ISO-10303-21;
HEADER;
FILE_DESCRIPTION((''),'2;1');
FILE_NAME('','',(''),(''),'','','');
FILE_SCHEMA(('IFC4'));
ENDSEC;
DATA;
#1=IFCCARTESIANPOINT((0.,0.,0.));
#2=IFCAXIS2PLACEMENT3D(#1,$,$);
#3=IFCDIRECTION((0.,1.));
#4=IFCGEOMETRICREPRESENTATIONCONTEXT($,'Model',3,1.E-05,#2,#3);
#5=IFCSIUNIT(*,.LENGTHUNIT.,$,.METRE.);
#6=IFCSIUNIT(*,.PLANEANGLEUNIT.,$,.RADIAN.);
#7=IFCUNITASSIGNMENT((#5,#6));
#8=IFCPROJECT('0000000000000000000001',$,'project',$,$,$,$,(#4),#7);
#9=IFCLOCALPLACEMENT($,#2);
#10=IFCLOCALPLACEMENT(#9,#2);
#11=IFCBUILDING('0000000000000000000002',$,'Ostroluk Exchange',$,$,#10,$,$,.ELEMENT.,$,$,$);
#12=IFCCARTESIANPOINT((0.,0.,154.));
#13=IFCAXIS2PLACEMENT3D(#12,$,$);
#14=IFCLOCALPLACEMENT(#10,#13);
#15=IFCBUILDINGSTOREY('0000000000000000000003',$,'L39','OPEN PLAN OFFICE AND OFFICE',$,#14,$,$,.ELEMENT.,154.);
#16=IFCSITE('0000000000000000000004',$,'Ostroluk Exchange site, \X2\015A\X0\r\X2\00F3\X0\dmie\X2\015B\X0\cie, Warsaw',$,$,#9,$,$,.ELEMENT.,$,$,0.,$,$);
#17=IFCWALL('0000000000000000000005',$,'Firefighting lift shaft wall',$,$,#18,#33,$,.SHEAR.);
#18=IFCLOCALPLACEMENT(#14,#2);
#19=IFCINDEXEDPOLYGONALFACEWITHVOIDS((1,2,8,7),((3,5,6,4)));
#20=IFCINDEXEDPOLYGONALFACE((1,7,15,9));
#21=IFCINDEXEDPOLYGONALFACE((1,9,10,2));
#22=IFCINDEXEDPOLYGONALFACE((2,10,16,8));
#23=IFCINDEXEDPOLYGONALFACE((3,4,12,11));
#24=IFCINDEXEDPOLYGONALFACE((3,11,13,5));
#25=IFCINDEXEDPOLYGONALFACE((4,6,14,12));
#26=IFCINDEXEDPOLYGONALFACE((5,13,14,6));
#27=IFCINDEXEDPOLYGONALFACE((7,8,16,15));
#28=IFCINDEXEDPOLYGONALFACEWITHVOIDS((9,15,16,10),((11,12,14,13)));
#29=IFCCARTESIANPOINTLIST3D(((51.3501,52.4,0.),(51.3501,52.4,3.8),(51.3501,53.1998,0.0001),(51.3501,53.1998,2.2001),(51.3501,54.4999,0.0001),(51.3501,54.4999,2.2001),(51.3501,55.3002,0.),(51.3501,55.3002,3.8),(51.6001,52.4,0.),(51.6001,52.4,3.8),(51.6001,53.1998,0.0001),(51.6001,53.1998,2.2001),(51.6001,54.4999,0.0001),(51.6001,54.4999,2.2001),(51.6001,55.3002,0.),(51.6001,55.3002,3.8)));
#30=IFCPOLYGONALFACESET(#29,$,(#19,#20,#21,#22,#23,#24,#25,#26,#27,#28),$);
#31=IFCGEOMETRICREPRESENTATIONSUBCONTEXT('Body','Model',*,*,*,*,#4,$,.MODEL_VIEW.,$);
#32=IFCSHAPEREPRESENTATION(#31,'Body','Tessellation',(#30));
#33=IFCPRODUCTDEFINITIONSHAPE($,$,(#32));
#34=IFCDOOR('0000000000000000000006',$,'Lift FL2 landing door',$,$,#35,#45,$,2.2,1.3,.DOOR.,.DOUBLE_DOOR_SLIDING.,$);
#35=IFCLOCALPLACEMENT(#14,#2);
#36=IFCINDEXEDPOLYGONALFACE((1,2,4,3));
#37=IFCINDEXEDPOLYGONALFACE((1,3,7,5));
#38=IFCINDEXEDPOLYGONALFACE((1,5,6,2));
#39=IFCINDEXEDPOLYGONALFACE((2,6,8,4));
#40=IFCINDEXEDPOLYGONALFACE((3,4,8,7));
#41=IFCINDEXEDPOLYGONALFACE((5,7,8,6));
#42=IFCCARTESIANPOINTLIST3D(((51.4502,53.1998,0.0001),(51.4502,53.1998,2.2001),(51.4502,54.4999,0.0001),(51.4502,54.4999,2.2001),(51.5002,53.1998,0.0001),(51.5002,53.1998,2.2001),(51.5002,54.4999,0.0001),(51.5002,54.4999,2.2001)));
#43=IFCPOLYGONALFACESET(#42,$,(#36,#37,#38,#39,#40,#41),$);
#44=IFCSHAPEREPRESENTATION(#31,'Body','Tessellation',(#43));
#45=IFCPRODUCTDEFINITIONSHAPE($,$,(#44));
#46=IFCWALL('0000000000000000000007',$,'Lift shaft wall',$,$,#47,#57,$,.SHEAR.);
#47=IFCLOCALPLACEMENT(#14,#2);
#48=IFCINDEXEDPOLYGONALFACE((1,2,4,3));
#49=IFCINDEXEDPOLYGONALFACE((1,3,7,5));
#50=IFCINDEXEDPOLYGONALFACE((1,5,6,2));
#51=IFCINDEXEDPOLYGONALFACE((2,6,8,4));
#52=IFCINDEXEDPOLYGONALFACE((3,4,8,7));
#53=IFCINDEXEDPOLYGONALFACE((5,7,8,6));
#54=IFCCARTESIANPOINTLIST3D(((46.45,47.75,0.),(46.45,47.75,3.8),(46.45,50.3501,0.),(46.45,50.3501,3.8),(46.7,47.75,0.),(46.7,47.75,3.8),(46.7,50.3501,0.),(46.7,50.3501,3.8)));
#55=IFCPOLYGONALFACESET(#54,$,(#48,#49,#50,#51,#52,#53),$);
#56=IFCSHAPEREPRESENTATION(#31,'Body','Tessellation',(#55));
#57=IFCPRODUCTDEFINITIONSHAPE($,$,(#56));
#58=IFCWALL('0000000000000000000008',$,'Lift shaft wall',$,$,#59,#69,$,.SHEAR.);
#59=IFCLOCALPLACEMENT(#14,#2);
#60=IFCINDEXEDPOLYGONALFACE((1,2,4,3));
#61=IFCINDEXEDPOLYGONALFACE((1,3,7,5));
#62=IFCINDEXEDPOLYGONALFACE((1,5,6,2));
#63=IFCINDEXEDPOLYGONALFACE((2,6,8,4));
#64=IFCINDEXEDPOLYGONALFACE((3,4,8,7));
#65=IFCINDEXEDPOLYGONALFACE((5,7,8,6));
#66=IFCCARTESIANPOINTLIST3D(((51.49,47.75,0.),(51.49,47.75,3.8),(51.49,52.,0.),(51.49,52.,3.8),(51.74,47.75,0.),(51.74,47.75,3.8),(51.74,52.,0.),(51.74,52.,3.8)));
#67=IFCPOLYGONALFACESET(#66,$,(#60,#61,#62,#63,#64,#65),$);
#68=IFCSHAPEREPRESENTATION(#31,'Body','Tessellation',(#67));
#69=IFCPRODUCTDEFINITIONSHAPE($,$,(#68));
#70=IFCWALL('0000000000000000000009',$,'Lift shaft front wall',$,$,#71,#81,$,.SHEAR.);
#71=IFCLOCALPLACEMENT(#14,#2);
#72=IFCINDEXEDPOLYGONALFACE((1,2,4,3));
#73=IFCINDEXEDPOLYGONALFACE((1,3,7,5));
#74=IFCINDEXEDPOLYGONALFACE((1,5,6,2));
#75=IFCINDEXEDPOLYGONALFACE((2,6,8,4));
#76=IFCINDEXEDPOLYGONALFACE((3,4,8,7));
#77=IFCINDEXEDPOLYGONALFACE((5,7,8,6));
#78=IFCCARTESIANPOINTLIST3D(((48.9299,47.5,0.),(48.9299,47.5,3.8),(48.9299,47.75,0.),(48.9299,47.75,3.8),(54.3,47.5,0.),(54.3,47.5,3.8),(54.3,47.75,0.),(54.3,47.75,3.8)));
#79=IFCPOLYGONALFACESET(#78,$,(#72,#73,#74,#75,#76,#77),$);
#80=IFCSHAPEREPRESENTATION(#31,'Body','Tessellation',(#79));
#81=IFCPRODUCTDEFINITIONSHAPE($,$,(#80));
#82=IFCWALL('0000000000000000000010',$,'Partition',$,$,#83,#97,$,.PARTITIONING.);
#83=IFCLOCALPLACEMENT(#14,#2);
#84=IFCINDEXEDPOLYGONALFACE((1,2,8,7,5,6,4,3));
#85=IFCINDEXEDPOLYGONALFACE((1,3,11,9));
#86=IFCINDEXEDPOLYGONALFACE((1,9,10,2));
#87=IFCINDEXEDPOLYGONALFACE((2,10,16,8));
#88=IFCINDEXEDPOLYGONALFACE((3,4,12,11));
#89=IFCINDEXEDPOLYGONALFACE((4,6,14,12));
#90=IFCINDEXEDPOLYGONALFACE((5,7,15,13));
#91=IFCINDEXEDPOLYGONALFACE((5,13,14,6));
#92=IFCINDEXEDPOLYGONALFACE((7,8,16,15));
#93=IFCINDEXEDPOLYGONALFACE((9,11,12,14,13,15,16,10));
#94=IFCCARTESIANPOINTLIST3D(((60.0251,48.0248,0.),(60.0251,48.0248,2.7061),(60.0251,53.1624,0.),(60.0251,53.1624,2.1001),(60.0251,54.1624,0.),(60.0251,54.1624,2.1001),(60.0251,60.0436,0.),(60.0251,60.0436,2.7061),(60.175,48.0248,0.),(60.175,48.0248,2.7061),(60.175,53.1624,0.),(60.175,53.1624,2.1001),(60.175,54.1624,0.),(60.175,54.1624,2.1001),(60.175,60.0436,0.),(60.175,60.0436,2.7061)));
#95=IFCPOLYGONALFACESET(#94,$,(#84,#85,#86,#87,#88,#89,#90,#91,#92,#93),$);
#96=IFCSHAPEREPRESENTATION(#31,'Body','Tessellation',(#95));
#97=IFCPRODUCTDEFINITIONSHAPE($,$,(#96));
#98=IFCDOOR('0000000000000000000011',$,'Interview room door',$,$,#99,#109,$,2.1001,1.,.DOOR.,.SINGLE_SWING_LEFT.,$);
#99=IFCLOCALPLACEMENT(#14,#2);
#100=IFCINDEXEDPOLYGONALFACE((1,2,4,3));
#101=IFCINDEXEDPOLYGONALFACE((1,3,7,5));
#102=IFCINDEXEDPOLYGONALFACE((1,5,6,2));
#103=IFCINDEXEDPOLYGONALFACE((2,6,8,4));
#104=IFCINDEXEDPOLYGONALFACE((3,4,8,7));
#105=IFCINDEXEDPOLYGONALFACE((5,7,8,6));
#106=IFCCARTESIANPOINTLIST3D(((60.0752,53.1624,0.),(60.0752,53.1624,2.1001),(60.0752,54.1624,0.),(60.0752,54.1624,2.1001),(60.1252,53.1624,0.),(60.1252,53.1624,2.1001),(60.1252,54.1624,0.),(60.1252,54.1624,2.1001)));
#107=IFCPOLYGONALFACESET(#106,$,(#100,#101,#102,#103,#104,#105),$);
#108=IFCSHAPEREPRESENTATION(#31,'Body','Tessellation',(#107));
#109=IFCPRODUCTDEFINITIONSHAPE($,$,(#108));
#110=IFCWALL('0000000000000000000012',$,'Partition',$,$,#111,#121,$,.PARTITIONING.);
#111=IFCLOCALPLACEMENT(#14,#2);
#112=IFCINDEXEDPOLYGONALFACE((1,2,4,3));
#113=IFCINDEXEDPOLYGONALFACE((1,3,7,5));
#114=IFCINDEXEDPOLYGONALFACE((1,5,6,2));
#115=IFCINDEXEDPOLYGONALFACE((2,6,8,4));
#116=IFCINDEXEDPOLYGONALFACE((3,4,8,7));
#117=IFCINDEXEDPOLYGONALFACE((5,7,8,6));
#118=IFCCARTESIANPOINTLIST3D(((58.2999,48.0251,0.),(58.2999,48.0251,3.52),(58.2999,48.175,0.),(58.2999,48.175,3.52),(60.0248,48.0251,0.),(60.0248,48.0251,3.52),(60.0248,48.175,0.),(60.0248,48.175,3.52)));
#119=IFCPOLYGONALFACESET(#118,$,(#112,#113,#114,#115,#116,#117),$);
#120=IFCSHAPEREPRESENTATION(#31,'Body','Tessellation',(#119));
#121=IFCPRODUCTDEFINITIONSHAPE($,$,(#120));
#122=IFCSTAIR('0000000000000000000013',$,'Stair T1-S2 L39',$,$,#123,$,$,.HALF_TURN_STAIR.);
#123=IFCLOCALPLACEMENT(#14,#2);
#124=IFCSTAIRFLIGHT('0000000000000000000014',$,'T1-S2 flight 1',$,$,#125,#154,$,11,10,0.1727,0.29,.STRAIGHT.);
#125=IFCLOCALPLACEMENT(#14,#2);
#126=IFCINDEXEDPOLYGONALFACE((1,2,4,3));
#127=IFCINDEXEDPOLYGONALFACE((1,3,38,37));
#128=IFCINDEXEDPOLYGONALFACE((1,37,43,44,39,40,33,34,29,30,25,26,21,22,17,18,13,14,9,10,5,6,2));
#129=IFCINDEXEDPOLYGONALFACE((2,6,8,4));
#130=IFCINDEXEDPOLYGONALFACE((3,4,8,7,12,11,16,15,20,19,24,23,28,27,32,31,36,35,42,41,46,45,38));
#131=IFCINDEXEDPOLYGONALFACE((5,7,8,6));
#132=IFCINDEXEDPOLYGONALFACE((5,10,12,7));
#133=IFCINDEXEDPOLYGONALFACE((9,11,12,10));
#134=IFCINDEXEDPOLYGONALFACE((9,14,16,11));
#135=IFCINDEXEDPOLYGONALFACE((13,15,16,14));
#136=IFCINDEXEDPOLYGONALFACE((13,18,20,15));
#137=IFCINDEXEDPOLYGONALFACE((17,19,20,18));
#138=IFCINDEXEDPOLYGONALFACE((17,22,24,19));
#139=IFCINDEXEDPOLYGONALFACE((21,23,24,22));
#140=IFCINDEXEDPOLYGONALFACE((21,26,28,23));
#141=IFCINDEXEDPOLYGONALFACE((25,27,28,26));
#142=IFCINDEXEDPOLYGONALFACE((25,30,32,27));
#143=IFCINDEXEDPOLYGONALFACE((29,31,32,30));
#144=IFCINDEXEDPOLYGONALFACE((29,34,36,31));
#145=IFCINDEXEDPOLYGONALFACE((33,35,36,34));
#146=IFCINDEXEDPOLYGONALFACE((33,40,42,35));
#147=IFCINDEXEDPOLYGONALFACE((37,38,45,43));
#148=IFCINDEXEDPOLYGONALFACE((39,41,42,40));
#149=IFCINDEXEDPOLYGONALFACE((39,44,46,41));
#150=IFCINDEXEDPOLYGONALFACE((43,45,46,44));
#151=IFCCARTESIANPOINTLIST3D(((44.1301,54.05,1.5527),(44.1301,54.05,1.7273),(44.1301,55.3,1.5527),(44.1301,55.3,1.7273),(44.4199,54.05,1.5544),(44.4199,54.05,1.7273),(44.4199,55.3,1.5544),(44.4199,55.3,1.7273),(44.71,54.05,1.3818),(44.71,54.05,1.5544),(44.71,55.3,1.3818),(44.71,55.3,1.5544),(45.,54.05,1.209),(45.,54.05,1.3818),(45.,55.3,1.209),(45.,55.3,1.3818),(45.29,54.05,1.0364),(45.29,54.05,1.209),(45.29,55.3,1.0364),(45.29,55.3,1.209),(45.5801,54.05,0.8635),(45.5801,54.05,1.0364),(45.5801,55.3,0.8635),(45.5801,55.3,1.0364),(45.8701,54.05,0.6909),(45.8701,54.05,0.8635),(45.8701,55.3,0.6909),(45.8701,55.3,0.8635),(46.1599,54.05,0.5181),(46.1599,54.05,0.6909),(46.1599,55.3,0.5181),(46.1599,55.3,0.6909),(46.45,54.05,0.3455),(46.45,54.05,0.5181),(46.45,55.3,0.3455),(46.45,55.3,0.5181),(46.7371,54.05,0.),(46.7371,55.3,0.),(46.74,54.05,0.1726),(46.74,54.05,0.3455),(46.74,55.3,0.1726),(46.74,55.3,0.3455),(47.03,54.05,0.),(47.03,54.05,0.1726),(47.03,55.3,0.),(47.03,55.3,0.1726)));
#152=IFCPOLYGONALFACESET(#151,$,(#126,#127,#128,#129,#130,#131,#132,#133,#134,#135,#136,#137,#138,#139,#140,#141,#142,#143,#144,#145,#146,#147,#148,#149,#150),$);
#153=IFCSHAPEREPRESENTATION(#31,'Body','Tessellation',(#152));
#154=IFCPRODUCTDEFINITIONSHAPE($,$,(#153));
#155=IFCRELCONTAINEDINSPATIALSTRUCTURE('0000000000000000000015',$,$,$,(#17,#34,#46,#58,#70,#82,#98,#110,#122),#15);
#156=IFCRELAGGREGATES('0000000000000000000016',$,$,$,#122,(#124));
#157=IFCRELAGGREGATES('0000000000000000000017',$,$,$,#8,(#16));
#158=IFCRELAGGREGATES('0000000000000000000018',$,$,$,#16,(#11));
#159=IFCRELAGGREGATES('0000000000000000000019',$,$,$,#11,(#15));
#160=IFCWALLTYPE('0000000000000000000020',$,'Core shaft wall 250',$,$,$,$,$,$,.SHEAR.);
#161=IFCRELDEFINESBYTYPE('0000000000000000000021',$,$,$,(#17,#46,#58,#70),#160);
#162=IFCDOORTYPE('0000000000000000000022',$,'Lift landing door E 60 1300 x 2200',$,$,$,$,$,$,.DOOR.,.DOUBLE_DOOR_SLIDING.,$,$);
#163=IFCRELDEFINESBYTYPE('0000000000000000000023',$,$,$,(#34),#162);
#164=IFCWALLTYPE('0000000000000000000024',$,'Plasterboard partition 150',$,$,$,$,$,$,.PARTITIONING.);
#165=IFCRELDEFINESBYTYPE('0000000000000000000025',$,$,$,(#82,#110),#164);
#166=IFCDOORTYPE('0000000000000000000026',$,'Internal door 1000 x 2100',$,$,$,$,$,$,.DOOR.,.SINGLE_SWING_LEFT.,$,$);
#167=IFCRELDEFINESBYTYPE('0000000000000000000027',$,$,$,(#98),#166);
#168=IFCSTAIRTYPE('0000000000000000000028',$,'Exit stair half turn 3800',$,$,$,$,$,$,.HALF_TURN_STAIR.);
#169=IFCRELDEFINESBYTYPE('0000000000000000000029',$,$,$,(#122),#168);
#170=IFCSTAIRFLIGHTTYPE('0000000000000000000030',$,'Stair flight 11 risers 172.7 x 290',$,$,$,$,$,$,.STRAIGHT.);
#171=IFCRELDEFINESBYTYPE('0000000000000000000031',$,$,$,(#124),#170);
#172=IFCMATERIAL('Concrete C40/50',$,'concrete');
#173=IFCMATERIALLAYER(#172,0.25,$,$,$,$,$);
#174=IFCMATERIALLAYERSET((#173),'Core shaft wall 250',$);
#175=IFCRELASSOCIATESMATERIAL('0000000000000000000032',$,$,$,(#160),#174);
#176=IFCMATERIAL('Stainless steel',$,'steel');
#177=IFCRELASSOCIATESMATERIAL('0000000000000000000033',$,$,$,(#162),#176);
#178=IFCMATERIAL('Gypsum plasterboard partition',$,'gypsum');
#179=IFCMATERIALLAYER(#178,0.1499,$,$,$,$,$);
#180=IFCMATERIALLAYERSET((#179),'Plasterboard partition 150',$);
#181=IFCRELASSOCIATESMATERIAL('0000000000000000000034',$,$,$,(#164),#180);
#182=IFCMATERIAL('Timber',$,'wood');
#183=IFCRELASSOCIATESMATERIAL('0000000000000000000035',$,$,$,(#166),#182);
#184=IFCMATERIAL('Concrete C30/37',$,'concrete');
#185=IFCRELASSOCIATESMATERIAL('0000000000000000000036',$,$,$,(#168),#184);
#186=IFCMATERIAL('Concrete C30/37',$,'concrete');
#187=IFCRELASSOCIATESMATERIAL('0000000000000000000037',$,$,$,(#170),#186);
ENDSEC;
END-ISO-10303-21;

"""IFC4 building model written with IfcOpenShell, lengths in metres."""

from ifc_helpers import new_model, si_unit, direction, frame, frame_2d, origin, place, context, subcontext, project, spatial, polyline, rectangle, outline, extrude, material, layer, layer_set, type_object, element, fill, aggregate, save


model = new_model("IFC4")

# Units and contexts
model_context = context("Model", 3, precision=1e-05, world=origin(), true_north=direction((0.0, 1.0)))
body_context = subcontext(model_context, "Body", "Model", "MODEL_VIEW")
ifc_project = project(units=[si_unit("LENGTHUNIT", "METRE"), si_unit("PLANEANGLEUNIT", "RADIAN")], contexts=[model_context])

# Site, building, storey
site_placement = place(None, origin())
site = spatial("IfcSite", under=ifc_project, at=site_placement, Name="Ostroluk Exchange site, Śródmieście, Warsaw", CompositionType="ELEMENT", RefElevation=0.0)
building_placement = place(site_placement, origin())
building = spatial("IfcBuilding", under=site, at=building_placement, Name="Ostroluk Exchange", CompositionType="ELEMENT")
storey_placement = place(building_placement, frame((0.0, 0.0, 154.0)))
storey = spatial("IfcBuildingStorey", under=building, at=storey_placement, Name="L39", Description="OPEN PLAN OFFICE AND OFFICE", CompositionType="ELEMENT", Elevation=154.0)

# Wall, opening, door
ifc_material_1 = material(Name="Concrete C40/50", Category="concrete")
ifc_layer_1 = layer(ifc_material_1, 0.25)
ifc_layer_set_1 = layer_set([ifc_layer_1], Name="Core shaft wall 250")
wall_type_1 = type_object("IfcWallType", Name="Core shaft wall 250", PredefinedType="SHEAR", material=ifc_layer_set_1)
wall_1_placement = place(storey_placement, frame((51.4751, 52.3999, 0.0), z_axis=(0.0, 0.0, 1.0), x_axis=(0.0, 1.0, 0.0)))
wall_1 = element("IfcWall", 1, at=wall_1_placement, inside=storey, type_object=wall_type_1, Name="Firefighting lift shaft wall", PredefinedType="SHEAR", context=body_context, shape_type="SweptSolid", body=[
    extrude(rectangle(XDim=2.9001, YDim=0.25, at=frame_2d((1.4502, 0.0))), origin(), (0.0, 0.0, 1.0), 3.8),
])
opening_1_placement = place(wall_1_placement, frame((0.8, 0.0, 0.0)))
opening_1 = element("IfcOpeningElement", 2, at=opening_1_placement, cuts=wall_1, PredefinedType="OPENING", context=body_context, shape_type="SweptSolid", body=[
    extrude(rectangle(XDim=1.3, YDim=2.2, at=frame_2d((0.6499, 1.1001))), frame((0.0, 0.135, 0.0), z_axis=(0.0, -1.0, 0.0), x_axis=(1.0, 0.0, 0.0)), (0.0, 0.0, 1.0), 0.27),
])
ifc_material_2 = material(Name="Stainless steel", Category="steel")
door_type_1 = type_object("IfcDoorType", Name="Lift landing door E 60 1300 x 2200", OperationType="DOUBLE_DOOR_SLIDING", PredefinedType="DOOR", material=ifc_material_2)
door_1_placement = place(opening_1_placement, origin())
door_1 = element("IfcDoor", 3, at=door_1_placement, inside=storey, type_object=door_type_1, Name="Lift FL2 landing door", OperationType="DOUBLE_DOOR_SLIDING", OverallHeight=2.2, OverallWidth=1.3, PredefinedType="DOOR", context=body_context, shape_type="SweptSolid", body=[
    extrude(rectangle(XDim=1.3, YDim=2.2, at=frame_2d((0.6499, 1.1001))), frame((0.0, 0.0249, 0.0), z_axis=(0.0, -1.0, 0.0), x_axis=(1.0, 0.0, 0.0)), (0.0, 0.0, 1.0), 0.05),
])
fill(opening_1, door_1)

# Walls
wall_2_placement = place(storey_placement, frame((46.575, 47.75, 0.0), z_axis=(0.0, 0.0, 1.0), x_axis=(0.0, 1.0, 0.0)))
element("IfcWall", 4, at=wall_2_placement, inside=storey, type_object=wall_type_1, Name="Lift shaft wall", PredefinedType="SHEAR", context=body_context, shape_type="SweptSolid", body=[
    extrude(rectangle(XDim=2.6001, YDim=0.25, at=frame_2d((1.3, 0.0))), origin(), (0.0, 0.0, 1.0), 3.8),
])
wall_3_placement = place(storey_placement, frame((51.615, 47.75, 0.0), z_axis=(0.0, 0.0, 1.0), x_axis=(0.0, 1.0, 0.0)))
element("IfcWall", 5, at=wall_3_placement, inside=storey, type_object=wall_type_1, Name="Lift shaft wall", PredefinedType="SHEAR", context=body_context, shape_type="SweptSolid", body=[
    extrude(rectangle(XDim=4.25, YDim=0.25, at=frame_2d((2.125, 0.0))), origin(), (0.0, 0.0, 1.0), 3.8),
])
wall_4_placement = place(storey_placement, frame((48.9299, 47.625, 0.0), z_axis=(0.0, 0.0, 1.0), x_axis=(1.0, 0.0, 0.0)))
element("IfcWall", 6, at=wall_4_placement, inside=storey, type_object=wall_type_1, Name="Lift shaft front wall", PredefinedType="SHEAR", context=body_context, shape_type="SweptSolid", body=[
    extrude(rectangle(XDim=5.3701, YDim=0.25, at=frame_2d((2.6851, 0.0))), origin(), (0.0, 0.0, 1.0), 3.8),
])

# Wall, opening, door
ifc_material_3 = material(Name="Gypsum plasterboard partition", Category="gypsum")
ifc_layer_2 = layer(ifc_material_3, 0.1499)
ifc_layer_set_2 = layer_set([ifc_layer_2], Name="Plasterboard partition 150")
wall_type_2 = type_object("IfcWallType", Name="Plasterboard partition 150", PredefinedType="PARTITIONING", material=ifc_layer_set_2)
wall_5_placement = place(storey_placement, frame((60.1001, 48.0249, 0.0), z_axis=(0.0, 0.0, 1.0), x_axis=(0.0, 1.0, 0.0)))
wall_5 = element("IfcWall", 7, at=wall_5_placement, inside=storey, type_object=wall_type_2, Name="Partition", PredefinedType="PARTITIONING", context=body_context, shape_type="SweptSolid", body=[
    extrude(rectangle(XDim=12.0188, YDim=0.1499, at=frame_2d((6.0093, 0.0))), origin(), (0.0, 0.0, 1.0), 2.7061),
])
opening_2_placement = place(wall_5_placement, frame((5.1375, 0.0, 0.0)))
opening_2 = element("IfcOpeningElement", 8, at=opening_2_placement, cuts=wall_5, PredefinedType="OPENING", context=body_context, shape_type="SweptSolid", body=[
    extrude(rectangle(XDim=1.0, YDim=2.1001, at=frame_2d((0.5, 1.05))), frame((0.0, 0.085, 0.0), z_axis=(0.0, -1.0, 0.0), x_axis=(1.0, 0.0, 0.0)), (0.0, 0.0, 1.0), 0.1699),
])
ifc_material_4 = material(Name="Timber", Category="wood")
door_type_2 = type_object("IfcDoorType", Name="Internal door 1000 x 2100", OperationType="SINGLE_SWING_LEFT", PredefinedType="DOOR", material=ifc_material_4)
door_2_placement = place(opening_2_placement, origin())
door_2 = element("IfcDoor", 9, at=door_2_placement, inside=storey, type_object=door_type_2, Name="Interview room door", OperationType="SINGLE_SWING_LEFT", OverallHeight=2.1001, OverallWidth=1.0, PredefinedType="DOOR", context=body_context, shape_type="SweptSolid", body=[
    extrude(rectangle(XDim=1.0, YDim=2.1001, at=frame_2d((0.5, 1.05))), frame((0.0, 0.0249, 0.0), z_axis=(0.0, -1.0, 0.0), x_axis=(1.0, 0.0, 0.0)), (0.0, 0.0, 1.0), 0.05),
])
fill(opening_2, door_2)

# Wall
wall_6_placement = place(storey_placement, frame((58.3, 48.1001, 0.0), z_axis=(0.0, 0.0, 1.0), x_axis=(1.0, 0.0, 0.0)))
element("IfcWall", 10, at=wall_6_placement, inside=storey, type_object=wall_type_2, Name="Partition", PredefinedType="PARTITIONING", context=body_context, shape_type="SweptSolid", body=[
    extrude(rectangle(XDim=1.7249, YDim=0.1499, at=frame_2d((0.8623, 0.0))), origin(), (0.0, 0.0, 1.0), 3.52),
])

# Stair, stair flight
ifc_material_5 = material(Name="Concrete C30/37", Category="concrete")
stair_type = type_object("IfcStairType", Name="Exit stair half turn 3800", PredefinedType="HALF_TURN_STAIR", material=ifc_material_5)
stair_placement = place(storey_placement, origin())
stair = element("IfcStair", 11, at=stair_placement, inside=storey, type_object=stair_type, Name="Stair T1-S2 L39", PredefinedType="HALF_TURN_STAIR")
ifc_material_6 = material(Name="Concrete C30/37", Category="concrete")
stair_flight_type = type_object("IfcStairFlightType", Name="Stair flight 11 risers 172.7 x 290", PredefinedType="STRAIGHT", material=ifc_material_6)
stair_flight_placement = place(storey_placement, frame((47.03, 54.675, 0.0), z_axis=(0.0, 0.0, 1.0), x_axis=(-1.0, 0.0, 0.0)))
stair_flight = element("IfcStairFlight", 12, at=stair_flight_placement, type_object=stair_flight_type, Name="T1-S2 flight 1", NumberOfRisers=11, NumberOfTreads=10, PredefinedType="STRAIGHT", RiserHeight=0.1727, TreadLength=0.29, context=body_context, shape_type="SweptSolid", body=[
    extrude(outline(polyline([(0.0, 0.0), (0.0, 0.1726), (0.29, 0.1726), (0.29, 0.3455), (0.5801, 0.3455), (0.5801, 0.5181), (0.8701, 0.5181), (0.8701, 0.6909), (1.1599, 0.6909), (1.1599, 0.8635), (1.45, 0.8635), (1.45, 1.0364), (1.74, 1.0364), (1.74, 1.209), (2.03, 1.209), (2.03, 1.3818), (2.3201, 1.3818), (2.3201, 1.5544), (2.6101, 1.5544), (2.6101, 1.7273), (2.8999, 1.7273), (2.8999, 1.8999), (2.8999, 1.5527), (0.293, 0.0), (0.0, 0.0)])), frame((0.0, 0.625, 0.0), z_axis=(0.0, -1.0, 0.0), x_axis=(1.0, 0.0, 0.0)), (0.0, 0.0, 1.0), 1.25),
])
aggregate(stair, [stair_flight])

save(model, "model.ifc")
